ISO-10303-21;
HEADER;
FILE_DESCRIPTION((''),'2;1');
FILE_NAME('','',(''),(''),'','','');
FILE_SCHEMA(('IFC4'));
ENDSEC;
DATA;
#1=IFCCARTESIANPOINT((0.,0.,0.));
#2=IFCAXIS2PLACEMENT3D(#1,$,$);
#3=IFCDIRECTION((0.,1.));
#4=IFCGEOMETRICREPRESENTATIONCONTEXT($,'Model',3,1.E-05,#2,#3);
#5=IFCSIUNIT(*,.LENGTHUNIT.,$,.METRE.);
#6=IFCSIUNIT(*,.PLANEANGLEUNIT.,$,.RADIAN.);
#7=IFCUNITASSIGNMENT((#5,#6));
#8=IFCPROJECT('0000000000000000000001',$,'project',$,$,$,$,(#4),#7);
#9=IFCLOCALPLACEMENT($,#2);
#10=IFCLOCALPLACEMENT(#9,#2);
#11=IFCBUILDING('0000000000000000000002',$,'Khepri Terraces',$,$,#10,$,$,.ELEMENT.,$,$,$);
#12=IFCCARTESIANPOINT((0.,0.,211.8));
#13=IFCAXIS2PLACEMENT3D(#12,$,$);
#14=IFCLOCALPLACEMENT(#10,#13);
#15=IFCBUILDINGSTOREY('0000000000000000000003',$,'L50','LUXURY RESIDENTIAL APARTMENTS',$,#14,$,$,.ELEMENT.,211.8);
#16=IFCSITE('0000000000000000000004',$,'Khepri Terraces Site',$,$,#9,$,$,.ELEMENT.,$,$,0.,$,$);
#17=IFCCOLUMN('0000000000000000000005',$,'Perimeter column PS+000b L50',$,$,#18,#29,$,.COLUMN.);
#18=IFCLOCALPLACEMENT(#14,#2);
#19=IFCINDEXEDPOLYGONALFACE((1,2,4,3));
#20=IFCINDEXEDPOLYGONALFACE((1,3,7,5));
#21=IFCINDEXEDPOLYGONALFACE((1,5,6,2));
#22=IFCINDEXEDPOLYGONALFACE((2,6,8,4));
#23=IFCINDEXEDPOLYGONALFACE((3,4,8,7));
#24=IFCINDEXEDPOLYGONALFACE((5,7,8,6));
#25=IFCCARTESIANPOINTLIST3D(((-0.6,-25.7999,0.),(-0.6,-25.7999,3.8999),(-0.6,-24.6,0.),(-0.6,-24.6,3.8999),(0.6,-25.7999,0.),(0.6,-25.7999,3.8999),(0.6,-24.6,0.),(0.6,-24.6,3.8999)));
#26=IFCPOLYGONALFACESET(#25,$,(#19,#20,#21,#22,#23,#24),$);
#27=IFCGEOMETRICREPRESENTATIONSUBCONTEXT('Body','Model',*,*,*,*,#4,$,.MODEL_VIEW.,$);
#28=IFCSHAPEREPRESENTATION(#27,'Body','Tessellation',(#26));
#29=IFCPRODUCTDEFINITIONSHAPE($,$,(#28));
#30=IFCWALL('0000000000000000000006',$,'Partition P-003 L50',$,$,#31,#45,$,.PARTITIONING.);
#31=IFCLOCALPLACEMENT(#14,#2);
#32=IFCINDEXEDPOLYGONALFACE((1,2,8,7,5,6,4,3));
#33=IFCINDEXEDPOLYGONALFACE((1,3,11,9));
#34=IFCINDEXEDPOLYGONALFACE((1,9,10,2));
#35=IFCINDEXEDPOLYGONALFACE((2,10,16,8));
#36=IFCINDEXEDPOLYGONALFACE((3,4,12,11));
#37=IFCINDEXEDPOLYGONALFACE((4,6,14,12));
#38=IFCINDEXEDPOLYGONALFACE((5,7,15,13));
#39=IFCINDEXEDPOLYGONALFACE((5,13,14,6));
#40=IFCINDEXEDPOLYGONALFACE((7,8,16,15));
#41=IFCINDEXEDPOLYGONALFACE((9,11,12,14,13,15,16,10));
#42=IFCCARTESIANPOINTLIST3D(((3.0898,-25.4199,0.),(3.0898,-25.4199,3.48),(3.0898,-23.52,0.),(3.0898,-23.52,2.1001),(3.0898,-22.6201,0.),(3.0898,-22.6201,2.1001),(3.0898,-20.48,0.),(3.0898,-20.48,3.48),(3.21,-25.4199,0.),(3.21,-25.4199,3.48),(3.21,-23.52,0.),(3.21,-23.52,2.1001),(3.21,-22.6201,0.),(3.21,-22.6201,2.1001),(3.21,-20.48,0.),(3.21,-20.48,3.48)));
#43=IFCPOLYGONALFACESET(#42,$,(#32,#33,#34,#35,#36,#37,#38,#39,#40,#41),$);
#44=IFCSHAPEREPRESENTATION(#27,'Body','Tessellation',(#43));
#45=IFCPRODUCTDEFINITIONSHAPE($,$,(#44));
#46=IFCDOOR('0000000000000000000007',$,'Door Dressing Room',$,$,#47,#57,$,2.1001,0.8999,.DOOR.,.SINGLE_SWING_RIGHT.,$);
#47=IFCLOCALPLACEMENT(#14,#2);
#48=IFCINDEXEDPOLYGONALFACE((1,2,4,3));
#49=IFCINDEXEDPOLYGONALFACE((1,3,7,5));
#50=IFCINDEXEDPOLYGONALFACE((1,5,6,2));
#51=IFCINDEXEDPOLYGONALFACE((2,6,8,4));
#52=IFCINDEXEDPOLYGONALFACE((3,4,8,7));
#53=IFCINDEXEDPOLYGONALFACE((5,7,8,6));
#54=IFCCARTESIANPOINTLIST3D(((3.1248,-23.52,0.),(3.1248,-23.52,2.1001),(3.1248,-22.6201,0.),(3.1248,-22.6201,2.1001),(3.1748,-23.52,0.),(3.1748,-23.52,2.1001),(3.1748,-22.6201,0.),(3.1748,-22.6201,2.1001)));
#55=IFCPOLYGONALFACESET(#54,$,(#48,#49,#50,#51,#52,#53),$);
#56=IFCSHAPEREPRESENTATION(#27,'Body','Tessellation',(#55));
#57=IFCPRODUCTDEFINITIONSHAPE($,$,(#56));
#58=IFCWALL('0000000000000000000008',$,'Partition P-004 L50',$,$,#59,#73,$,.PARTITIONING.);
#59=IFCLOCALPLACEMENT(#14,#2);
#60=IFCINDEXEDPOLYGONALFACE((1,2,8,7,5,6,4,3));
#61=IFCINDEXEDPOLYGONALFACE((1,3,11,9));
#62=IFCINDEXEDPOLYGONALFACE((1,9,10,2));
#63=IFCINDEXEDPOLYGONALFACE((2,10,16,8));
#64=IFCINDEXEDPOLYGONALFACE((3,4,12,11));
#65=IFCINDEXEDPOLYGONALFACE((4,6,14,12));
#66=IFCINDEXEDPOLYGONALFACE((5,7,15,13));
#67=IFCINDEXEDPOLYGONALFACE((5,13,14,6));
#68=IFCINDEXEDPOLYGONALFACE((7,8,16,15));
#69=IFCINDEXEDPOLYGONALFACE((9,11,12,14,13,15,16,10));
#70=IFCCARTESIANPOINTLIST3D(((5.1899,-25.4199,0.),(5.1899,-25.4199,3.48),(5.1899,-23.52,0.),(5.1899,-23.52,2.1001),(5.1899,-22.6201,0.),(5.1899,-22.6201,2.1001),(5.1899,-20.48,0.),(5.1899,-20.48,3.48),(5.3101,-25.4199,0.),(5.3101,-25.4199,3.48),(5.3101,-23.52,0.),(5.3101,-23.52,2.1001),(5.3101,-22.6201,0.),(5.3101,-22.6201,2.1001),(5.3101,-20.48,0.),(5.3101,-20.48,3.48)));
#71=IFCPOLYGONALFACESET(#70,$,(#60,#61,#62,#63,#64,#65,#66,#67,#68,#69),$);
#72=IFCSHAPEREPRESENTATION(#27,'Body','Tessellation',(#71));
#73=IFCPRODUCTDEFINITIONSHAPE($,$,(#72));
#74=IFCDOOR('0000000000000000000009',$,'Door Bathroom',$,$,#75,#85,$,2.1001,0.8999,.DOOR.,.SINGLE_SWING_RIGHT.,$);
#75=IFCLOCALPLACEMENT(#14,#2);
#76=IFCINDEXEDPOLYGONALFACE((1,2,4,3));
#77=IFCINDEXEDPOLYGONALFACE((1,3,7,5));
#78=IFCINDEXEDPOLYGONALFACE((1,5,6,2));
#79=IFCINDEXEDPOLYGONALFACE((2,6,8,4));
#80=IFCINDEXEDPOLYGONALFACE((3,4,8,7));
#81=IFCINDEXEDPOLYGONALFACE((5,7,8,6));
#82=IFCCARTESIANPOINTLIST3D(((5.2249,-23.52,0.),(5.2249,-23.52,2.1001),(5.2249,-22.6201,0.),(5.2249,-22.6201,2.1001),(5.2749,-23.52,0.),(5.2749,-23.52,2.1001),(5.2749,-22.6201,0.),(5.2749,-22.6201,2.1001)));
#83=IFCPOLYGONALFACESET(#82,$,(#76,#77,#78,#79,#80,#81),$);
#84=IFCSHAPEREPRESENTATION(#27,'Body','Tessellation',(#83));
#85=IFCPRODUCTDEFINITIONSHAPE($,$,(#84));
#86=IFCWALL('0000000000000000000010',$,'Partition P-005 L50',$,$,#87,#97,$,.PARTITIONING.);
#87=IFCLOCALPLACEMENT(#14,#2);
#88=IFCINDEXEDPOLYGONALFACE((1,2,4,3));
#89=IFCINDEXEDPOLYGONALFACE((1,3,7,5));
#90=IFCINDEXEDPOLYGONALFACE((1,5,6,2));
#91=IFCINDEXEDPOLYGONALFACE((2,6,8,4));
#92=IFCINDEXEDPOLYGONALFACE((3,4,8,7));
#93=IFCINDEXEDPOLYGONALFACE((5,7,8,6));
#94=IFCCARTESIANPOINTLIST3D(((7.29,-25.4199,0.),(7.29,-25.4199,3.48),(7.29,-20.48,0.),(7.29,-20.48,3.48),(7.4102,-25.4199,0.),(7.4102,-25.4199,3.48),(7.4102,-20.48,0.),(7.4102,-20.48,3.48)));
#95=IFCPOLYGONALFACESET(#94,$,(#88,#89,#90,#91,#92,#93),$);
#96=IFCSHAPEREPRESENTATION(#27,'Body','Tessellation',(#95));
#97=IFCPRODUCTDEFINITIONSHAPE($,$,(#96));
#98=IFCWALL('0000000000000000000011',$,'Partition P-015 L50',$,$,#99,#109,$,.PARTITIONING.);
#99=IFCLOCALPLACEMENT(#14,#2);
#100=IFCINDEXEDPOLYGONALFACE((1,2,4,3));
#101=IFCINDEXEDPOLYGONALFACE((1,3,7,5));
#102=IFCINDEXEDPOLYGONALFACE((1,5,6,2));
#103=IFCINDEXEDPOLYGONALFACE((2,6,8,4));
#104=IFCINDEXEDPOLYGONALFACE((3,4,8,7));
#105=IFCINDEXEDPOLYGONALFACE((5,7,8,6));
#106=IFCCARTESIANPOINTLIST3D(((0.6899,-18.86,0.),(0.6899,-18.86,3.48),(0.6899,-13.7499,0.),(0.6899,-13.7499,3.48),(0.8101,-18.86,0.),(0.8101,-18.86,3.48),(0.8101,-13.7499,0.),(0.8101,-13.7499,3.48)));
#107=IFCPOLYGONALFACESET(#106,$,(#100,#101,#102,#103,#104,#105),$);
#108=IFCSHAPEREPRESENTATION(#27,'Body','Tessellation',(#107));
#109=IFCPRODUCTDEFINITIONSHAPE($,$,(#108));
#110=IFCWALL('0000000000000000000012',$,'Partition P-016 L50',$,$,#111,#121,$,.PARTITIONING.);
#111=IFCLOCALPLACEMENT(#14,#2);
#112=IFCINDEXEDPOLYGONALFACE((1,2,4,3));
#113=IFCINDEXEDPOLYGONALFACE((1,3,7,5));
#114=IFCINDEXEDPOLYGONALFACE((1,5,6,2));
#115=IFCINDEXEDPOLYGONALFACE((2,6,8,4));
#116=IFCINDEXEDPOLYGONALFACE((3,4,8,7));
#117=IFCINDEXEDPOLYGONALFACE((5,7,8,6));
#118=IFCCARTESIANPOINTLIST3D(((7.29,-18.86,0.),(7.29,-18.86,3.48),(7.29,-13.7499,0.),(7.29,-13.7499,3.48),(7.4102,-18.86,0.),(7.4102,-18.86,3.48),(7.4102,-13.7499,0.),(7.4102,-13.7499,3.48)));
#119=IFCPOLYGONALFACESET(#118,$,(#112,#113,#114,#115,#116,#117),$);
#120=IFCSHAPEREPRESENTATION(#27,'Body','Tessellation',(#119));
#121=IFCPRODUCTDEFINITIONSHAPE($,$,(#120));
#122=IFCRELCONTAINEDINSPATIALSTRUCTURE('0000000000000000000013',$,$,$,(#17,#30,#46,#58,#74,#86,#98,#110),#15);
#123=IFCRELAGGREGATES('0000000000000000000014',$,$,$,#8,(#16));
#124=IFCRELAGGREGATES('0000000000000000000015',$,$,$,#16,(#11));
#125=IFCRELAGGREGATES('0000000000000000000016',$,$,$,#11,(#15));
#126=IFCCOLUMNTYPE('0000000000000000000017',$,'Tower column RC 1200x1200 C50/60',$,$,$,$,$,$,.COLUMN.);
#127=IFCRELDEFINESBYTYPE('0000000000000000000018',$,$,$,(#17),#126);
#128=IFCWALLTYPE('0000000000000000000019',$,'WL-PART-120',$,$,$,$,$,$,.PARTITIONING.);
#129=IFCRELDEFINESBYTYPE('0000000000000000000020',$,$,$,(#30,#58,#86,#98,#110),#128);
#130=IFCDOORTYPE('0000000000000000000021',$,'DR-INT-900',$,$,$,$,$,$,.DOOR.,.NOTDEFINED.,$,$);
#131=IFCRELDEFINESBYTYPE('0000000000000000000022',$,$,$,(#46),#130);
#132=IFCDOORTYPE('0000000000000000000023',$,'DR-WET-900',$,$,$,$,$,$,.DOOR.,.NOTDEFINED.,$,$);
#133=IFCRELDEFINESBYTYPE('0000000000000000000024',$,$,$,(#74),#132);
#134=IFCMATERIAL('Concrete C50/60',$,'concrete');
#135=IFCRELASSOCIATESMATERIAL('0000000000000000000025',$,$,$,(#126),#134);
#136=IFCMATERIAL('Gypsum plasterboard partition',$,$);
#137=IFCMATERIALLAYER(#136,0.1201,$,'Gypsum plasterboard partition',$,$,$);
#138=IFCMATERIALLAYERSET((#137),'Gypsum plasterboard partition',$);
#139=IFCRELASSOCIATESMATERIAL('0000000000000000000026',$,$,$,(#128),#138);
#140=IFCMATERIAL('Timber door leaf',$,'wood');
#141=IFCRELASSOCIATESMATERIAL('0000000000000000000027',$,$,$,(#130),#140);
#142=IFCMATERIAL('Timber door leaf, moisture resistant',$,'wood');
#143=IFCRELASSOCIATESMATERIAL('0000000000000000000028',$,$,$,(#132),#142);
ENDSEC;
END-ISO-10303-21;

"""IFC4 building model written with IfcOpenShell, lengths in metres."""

from ifc_helpers import new_model, si_unit, direction, frame, frame_2d, origin, origin_2d, place, context, subcontext, project, spatial, rectangle, extrude, material, layer, layer_set, material_profile, profile_set, type_object, element, fill, save


model = new_model("IFC4")

# Units and contexts
model_context = context("Model", 3, precision=1e-05, world=origin(), true_north=direction((0.0, 1.0)))
body_context = subcontext(model_context, "Body", "Model", "MODEL_VIEW")
ifc_project = project(units=[si_unit("LENGTHUNIT", "METRE"), si_unit("PLANEANGLEUNIT", "RADIAN")], contexts=[model_context])

# Site, building, storey
site_placement = place(None, origin())
site = spatial("IfcSite", under=ifc_project, at=site_placement, Name="Khepri Terraces Site", CompositionType="ELEMENT", RefElevation=0.0)
building_placement = place(site_placement, origin())
building = spatial("IfcBuilding", under=site, at=building_placement, Name="Khepri Terraces", CompositionType="ELEMENT")
storey_placement = place(building_placement, frame((0.0, 0.0, 211.8)))
storey = spatial("IfcBuildingStorey", under=building, at=storey_placement, Name="L50", Description="LUXURY RESIDENTIAL APARTMENTS", CompositionType="ELEMENT", Elevation=211.8)

# Column
ifc_material_1 = material(Name="Concrete C50/60", Category="concrete")
ifc_material_profile = material_profile(ifc_material_1, rectangle(XDim=1.2, YDim=1.2, at=origin_2d()), Name="Concrete C50/60", Category="concrete")
ifc_profile_set = profile_set([ifc_material_profile], Name="Concrete C50/60")
column_type = type_object("IfcColumnType", Name="Tower column RC 1200x1200 C50/60", PredefinedType="COLUMN", material=ifc_profile_set)
column_placement = place(storey_placement, frame((0.0, -25.2, 0.0), z_axis=(0.0, 0.0, 1.0), x_axis=(1.0, 0.0, 0.0)))
element("IfcColumn", 1, at=column_placement, inside=storey, type_object=column_type, Name="Perimeter column PS+000b L50", PredefinedType="COLUMN", context=body_context, shape_type="SweptSolid", body=[
    extrude(rectangle(XDim=1.2, YDim=1.2, at=origin_2d()), origin(), (0.0, 0.0, 1.0), 3.8999),
])

# Walls, openings, doors
ifc_material_2 = material(Name="Gypsum plasterboard partition")
ifc_layer_1 = layer(ifc_material_2, 0.1201, Name="Gypsum plasterboard partition")
ifc_layer_set_1 = layer_set([ifc_layer_1], Name="Gypsum plasterboard partition")
wall_type_1 = type_object("IfcWallType", Name="WL-PART-120", PredefinedType="PARTITIONING", material=ifc_layer_set_1)
wall_1_placement = place(storey_placement, frame((3.1499, -25.4199, 0.0), z_axis=(0.0, 0.0, 1.0), x_axis=(0.0, 1.0, 0.0)))
wall_1 = element("IfcWall", 2, at=wall_1_placement, inside=storey, type_object=wall_type_1, Name="Partition P-003 L50", PredefinedType="PARTITIONING", context=body_context, shape_type="SweptSolid", body=[
    extrude(rectangle(XDim=4.9399, YDim=0.1201, at=frame_2d((2.47, 0.0))), origin(), (0.0, 0.0, 1.0), 3.48),
])
opening_1_placement = place(wall_1_placement, frame((1.8999, 0.0, 0.0)))
opening_1 = element("IfcOpeningElement", 3, at=opening_1_placement, cuts=wall_1, PredefinedType="OPENING", context=body_context, shape_type="SweptSolid", body=[
    extrude(rectangle(XDim=0.8999, YDim=2.1001, at=frame_2d((0.45, 1.05))), frame((0.0, 0.0701, 0.0), z_axis=(0.0, -1.0, 0.0), x_axis=(1.0, 0.0, 0.0)), (0.0, 0.0, 1.0), 0.1401),
])
ifc_material_3 = material(Name="Timber door leaf", Category="wood")
door_type_1 = type_object("IfcDoorType", Name="DR-INT-900", OperationType="NOTDEFINED", PredefinedType="DOOR", material=ifc_material_3)
door_1_placement = place(opening_1_placement, frame((0.8999, 0.0, 0.0), z_axis=(0.0, 0.0, 1.0), x_axis=(-1.0, 0.0, 0.0)))
door_1 = element("IfcDoor", 4, at=door_1_placement, inside=storey, type_object=door_type_1, Name="Door Dressing Room", OperationType="SINGLE_SWING_RIGHT", OverallHeight=2.1001, OverallWidth=0.8999, PredefinedType="DOOR", context=body_context, shape_type="SweptSolid", body=[
    extrude(rectangle(XDim=0.8999, YDim=2.1001, at=frame_2d((0.45, 1.05))), frame((0.0, 0.0249, 0.0), z_axis=(0.0, -1.0, 0.0), x_axis=(1.0, 0.0, 0.0)), (0.0, 0.0, 1.0), 0.05),
])
fill(opening_1, door_1)
wall_2_placement = place(storey_placement, frame((5.25, -25.4199, 0.0), z_axis=(0.0, 0.0, 1.0), x_axis=(0.0, 1.0, 0.0)))
wall_2 = element("IfcWall", 5, at=wall_2_placement, inside=storey, type_object=wall_type_1, Name="Partition P-004 L50", PredefinedType="PARTITIONING", context=body_context, shape_type="SweptSolid", body=[
    extrude(rectangle(XDim=4.9399, YDim=0.1201, at=frame_2d((2.47, 0.0))), origin(), (0.0, 0.0, 1.0), 3.48),
])
opening_2_placement = place(wall_2_placement, frame((1.8999, 0.0, 0.0)))
opening_2 = element("IfcOpeningElement", 6, at=opening_2_placement, cuts=wall_2, PredefinedType="OPENING", context=body_context, shape_type="SweptSolid", body=[
    extrude(rectangle(XDim=0.8999, YDim=2.1001, at=frame_2d((0.45, 1.05))), frame((0.0, 0.0701, 0.0), z_axis=(0.0, -1.0, 0.0), x_axis=(1.0, 0.0, 0.0)), (0.0, 0.0, 1.0), 0.1401),
])
ifc_material_4 = material(Name="Timber door leaf, moisture resistant", Category="wood")
door_type_2 = type_object("IfcDoorType", Name="DR-WET-900", OperationType="NOTDEFINED", PredefinedType="DOOR", material=ifc_material_4)
door_2_placement = place(opening_2_placement, frame((0.8999, 0.0, 0.0), z_axis=(0.0, 0.0, 1.0), x_axis=(-1.0, 0.0, 0.0)))
door_2 = element("IfcDoor", 7, at=door_2_placement, inside=storey, type_object=door_type_2, Name="Door Bathroom", OperationType="SINGLE_SWING_RIGHT", OverallHeight=2.1001, OverallWidth=0.8999, PredefinedType="DOOR", context=body_context, shape_type="SweptSolid", body=[
    extrude(rectangle(XDim=0.8999, YDim=2.1001, at=frame_2d((0.45, 1.05))), frame((0.0, 0.0249, 0.0), z_axis=(0.0, -1.0, 0.0), x_axis=(1.0, 0.0, 0.0)), (0.0, 0.0, 1.0), 0.05),
])
fill(opening_2, door_2)

# Walls
wall_3_placement = place(storey_placement, frame((7.3501, -25.4199, 0.0), z_axis=(0.0, 0.0, 1.0), x_axis=(0.0, 1.0, 0.0)))
element("IfcWall", 8, at=wall_3_placement, inside=storey, type_object=wall_type_1, Name="Partition P-005 L50", PredefinedType="PARTITIONING", context=body_context, shape_type="SweptSolid", body=[
    extrude(rectangle(XDim=4.9399, YDim=0.1201, at=frame_2d((2.47, 0.0))), origin(), (0.0, 0.0, 1.0), 3.48),
])
for number, where, z_axis, x_axis, name in (
    (9, (0.75, -18.8601, 0.0), (0.0, 0.0, 1.0), (0.0, 1.0, 0.0), "Partition P-015 L50"),
    (10, (7.3501, -18.8601, 0.0), (0.0, 0.0, 1.0), (0.0, 1.0, 0.0), "Partition P-016 L50"),
):
    element("IfcWall", number, at=place(storey_placement, frame(where, z_axis=z_axis, x_axis=x_axis)), inside=storey, type_object=wall_type_1, Name=name, PredefinedType="PARTITIONING", context=body_context, shape_type="SweptSolid", body=[
        extrude(rectangle(XDim=5.1101, YDim=0.1201, at=frame_2d((2.5552, 0.0))), origin(), (0.0, 0.0, 1.0), 3.48),
    ])

save(model, "model.ifc")
